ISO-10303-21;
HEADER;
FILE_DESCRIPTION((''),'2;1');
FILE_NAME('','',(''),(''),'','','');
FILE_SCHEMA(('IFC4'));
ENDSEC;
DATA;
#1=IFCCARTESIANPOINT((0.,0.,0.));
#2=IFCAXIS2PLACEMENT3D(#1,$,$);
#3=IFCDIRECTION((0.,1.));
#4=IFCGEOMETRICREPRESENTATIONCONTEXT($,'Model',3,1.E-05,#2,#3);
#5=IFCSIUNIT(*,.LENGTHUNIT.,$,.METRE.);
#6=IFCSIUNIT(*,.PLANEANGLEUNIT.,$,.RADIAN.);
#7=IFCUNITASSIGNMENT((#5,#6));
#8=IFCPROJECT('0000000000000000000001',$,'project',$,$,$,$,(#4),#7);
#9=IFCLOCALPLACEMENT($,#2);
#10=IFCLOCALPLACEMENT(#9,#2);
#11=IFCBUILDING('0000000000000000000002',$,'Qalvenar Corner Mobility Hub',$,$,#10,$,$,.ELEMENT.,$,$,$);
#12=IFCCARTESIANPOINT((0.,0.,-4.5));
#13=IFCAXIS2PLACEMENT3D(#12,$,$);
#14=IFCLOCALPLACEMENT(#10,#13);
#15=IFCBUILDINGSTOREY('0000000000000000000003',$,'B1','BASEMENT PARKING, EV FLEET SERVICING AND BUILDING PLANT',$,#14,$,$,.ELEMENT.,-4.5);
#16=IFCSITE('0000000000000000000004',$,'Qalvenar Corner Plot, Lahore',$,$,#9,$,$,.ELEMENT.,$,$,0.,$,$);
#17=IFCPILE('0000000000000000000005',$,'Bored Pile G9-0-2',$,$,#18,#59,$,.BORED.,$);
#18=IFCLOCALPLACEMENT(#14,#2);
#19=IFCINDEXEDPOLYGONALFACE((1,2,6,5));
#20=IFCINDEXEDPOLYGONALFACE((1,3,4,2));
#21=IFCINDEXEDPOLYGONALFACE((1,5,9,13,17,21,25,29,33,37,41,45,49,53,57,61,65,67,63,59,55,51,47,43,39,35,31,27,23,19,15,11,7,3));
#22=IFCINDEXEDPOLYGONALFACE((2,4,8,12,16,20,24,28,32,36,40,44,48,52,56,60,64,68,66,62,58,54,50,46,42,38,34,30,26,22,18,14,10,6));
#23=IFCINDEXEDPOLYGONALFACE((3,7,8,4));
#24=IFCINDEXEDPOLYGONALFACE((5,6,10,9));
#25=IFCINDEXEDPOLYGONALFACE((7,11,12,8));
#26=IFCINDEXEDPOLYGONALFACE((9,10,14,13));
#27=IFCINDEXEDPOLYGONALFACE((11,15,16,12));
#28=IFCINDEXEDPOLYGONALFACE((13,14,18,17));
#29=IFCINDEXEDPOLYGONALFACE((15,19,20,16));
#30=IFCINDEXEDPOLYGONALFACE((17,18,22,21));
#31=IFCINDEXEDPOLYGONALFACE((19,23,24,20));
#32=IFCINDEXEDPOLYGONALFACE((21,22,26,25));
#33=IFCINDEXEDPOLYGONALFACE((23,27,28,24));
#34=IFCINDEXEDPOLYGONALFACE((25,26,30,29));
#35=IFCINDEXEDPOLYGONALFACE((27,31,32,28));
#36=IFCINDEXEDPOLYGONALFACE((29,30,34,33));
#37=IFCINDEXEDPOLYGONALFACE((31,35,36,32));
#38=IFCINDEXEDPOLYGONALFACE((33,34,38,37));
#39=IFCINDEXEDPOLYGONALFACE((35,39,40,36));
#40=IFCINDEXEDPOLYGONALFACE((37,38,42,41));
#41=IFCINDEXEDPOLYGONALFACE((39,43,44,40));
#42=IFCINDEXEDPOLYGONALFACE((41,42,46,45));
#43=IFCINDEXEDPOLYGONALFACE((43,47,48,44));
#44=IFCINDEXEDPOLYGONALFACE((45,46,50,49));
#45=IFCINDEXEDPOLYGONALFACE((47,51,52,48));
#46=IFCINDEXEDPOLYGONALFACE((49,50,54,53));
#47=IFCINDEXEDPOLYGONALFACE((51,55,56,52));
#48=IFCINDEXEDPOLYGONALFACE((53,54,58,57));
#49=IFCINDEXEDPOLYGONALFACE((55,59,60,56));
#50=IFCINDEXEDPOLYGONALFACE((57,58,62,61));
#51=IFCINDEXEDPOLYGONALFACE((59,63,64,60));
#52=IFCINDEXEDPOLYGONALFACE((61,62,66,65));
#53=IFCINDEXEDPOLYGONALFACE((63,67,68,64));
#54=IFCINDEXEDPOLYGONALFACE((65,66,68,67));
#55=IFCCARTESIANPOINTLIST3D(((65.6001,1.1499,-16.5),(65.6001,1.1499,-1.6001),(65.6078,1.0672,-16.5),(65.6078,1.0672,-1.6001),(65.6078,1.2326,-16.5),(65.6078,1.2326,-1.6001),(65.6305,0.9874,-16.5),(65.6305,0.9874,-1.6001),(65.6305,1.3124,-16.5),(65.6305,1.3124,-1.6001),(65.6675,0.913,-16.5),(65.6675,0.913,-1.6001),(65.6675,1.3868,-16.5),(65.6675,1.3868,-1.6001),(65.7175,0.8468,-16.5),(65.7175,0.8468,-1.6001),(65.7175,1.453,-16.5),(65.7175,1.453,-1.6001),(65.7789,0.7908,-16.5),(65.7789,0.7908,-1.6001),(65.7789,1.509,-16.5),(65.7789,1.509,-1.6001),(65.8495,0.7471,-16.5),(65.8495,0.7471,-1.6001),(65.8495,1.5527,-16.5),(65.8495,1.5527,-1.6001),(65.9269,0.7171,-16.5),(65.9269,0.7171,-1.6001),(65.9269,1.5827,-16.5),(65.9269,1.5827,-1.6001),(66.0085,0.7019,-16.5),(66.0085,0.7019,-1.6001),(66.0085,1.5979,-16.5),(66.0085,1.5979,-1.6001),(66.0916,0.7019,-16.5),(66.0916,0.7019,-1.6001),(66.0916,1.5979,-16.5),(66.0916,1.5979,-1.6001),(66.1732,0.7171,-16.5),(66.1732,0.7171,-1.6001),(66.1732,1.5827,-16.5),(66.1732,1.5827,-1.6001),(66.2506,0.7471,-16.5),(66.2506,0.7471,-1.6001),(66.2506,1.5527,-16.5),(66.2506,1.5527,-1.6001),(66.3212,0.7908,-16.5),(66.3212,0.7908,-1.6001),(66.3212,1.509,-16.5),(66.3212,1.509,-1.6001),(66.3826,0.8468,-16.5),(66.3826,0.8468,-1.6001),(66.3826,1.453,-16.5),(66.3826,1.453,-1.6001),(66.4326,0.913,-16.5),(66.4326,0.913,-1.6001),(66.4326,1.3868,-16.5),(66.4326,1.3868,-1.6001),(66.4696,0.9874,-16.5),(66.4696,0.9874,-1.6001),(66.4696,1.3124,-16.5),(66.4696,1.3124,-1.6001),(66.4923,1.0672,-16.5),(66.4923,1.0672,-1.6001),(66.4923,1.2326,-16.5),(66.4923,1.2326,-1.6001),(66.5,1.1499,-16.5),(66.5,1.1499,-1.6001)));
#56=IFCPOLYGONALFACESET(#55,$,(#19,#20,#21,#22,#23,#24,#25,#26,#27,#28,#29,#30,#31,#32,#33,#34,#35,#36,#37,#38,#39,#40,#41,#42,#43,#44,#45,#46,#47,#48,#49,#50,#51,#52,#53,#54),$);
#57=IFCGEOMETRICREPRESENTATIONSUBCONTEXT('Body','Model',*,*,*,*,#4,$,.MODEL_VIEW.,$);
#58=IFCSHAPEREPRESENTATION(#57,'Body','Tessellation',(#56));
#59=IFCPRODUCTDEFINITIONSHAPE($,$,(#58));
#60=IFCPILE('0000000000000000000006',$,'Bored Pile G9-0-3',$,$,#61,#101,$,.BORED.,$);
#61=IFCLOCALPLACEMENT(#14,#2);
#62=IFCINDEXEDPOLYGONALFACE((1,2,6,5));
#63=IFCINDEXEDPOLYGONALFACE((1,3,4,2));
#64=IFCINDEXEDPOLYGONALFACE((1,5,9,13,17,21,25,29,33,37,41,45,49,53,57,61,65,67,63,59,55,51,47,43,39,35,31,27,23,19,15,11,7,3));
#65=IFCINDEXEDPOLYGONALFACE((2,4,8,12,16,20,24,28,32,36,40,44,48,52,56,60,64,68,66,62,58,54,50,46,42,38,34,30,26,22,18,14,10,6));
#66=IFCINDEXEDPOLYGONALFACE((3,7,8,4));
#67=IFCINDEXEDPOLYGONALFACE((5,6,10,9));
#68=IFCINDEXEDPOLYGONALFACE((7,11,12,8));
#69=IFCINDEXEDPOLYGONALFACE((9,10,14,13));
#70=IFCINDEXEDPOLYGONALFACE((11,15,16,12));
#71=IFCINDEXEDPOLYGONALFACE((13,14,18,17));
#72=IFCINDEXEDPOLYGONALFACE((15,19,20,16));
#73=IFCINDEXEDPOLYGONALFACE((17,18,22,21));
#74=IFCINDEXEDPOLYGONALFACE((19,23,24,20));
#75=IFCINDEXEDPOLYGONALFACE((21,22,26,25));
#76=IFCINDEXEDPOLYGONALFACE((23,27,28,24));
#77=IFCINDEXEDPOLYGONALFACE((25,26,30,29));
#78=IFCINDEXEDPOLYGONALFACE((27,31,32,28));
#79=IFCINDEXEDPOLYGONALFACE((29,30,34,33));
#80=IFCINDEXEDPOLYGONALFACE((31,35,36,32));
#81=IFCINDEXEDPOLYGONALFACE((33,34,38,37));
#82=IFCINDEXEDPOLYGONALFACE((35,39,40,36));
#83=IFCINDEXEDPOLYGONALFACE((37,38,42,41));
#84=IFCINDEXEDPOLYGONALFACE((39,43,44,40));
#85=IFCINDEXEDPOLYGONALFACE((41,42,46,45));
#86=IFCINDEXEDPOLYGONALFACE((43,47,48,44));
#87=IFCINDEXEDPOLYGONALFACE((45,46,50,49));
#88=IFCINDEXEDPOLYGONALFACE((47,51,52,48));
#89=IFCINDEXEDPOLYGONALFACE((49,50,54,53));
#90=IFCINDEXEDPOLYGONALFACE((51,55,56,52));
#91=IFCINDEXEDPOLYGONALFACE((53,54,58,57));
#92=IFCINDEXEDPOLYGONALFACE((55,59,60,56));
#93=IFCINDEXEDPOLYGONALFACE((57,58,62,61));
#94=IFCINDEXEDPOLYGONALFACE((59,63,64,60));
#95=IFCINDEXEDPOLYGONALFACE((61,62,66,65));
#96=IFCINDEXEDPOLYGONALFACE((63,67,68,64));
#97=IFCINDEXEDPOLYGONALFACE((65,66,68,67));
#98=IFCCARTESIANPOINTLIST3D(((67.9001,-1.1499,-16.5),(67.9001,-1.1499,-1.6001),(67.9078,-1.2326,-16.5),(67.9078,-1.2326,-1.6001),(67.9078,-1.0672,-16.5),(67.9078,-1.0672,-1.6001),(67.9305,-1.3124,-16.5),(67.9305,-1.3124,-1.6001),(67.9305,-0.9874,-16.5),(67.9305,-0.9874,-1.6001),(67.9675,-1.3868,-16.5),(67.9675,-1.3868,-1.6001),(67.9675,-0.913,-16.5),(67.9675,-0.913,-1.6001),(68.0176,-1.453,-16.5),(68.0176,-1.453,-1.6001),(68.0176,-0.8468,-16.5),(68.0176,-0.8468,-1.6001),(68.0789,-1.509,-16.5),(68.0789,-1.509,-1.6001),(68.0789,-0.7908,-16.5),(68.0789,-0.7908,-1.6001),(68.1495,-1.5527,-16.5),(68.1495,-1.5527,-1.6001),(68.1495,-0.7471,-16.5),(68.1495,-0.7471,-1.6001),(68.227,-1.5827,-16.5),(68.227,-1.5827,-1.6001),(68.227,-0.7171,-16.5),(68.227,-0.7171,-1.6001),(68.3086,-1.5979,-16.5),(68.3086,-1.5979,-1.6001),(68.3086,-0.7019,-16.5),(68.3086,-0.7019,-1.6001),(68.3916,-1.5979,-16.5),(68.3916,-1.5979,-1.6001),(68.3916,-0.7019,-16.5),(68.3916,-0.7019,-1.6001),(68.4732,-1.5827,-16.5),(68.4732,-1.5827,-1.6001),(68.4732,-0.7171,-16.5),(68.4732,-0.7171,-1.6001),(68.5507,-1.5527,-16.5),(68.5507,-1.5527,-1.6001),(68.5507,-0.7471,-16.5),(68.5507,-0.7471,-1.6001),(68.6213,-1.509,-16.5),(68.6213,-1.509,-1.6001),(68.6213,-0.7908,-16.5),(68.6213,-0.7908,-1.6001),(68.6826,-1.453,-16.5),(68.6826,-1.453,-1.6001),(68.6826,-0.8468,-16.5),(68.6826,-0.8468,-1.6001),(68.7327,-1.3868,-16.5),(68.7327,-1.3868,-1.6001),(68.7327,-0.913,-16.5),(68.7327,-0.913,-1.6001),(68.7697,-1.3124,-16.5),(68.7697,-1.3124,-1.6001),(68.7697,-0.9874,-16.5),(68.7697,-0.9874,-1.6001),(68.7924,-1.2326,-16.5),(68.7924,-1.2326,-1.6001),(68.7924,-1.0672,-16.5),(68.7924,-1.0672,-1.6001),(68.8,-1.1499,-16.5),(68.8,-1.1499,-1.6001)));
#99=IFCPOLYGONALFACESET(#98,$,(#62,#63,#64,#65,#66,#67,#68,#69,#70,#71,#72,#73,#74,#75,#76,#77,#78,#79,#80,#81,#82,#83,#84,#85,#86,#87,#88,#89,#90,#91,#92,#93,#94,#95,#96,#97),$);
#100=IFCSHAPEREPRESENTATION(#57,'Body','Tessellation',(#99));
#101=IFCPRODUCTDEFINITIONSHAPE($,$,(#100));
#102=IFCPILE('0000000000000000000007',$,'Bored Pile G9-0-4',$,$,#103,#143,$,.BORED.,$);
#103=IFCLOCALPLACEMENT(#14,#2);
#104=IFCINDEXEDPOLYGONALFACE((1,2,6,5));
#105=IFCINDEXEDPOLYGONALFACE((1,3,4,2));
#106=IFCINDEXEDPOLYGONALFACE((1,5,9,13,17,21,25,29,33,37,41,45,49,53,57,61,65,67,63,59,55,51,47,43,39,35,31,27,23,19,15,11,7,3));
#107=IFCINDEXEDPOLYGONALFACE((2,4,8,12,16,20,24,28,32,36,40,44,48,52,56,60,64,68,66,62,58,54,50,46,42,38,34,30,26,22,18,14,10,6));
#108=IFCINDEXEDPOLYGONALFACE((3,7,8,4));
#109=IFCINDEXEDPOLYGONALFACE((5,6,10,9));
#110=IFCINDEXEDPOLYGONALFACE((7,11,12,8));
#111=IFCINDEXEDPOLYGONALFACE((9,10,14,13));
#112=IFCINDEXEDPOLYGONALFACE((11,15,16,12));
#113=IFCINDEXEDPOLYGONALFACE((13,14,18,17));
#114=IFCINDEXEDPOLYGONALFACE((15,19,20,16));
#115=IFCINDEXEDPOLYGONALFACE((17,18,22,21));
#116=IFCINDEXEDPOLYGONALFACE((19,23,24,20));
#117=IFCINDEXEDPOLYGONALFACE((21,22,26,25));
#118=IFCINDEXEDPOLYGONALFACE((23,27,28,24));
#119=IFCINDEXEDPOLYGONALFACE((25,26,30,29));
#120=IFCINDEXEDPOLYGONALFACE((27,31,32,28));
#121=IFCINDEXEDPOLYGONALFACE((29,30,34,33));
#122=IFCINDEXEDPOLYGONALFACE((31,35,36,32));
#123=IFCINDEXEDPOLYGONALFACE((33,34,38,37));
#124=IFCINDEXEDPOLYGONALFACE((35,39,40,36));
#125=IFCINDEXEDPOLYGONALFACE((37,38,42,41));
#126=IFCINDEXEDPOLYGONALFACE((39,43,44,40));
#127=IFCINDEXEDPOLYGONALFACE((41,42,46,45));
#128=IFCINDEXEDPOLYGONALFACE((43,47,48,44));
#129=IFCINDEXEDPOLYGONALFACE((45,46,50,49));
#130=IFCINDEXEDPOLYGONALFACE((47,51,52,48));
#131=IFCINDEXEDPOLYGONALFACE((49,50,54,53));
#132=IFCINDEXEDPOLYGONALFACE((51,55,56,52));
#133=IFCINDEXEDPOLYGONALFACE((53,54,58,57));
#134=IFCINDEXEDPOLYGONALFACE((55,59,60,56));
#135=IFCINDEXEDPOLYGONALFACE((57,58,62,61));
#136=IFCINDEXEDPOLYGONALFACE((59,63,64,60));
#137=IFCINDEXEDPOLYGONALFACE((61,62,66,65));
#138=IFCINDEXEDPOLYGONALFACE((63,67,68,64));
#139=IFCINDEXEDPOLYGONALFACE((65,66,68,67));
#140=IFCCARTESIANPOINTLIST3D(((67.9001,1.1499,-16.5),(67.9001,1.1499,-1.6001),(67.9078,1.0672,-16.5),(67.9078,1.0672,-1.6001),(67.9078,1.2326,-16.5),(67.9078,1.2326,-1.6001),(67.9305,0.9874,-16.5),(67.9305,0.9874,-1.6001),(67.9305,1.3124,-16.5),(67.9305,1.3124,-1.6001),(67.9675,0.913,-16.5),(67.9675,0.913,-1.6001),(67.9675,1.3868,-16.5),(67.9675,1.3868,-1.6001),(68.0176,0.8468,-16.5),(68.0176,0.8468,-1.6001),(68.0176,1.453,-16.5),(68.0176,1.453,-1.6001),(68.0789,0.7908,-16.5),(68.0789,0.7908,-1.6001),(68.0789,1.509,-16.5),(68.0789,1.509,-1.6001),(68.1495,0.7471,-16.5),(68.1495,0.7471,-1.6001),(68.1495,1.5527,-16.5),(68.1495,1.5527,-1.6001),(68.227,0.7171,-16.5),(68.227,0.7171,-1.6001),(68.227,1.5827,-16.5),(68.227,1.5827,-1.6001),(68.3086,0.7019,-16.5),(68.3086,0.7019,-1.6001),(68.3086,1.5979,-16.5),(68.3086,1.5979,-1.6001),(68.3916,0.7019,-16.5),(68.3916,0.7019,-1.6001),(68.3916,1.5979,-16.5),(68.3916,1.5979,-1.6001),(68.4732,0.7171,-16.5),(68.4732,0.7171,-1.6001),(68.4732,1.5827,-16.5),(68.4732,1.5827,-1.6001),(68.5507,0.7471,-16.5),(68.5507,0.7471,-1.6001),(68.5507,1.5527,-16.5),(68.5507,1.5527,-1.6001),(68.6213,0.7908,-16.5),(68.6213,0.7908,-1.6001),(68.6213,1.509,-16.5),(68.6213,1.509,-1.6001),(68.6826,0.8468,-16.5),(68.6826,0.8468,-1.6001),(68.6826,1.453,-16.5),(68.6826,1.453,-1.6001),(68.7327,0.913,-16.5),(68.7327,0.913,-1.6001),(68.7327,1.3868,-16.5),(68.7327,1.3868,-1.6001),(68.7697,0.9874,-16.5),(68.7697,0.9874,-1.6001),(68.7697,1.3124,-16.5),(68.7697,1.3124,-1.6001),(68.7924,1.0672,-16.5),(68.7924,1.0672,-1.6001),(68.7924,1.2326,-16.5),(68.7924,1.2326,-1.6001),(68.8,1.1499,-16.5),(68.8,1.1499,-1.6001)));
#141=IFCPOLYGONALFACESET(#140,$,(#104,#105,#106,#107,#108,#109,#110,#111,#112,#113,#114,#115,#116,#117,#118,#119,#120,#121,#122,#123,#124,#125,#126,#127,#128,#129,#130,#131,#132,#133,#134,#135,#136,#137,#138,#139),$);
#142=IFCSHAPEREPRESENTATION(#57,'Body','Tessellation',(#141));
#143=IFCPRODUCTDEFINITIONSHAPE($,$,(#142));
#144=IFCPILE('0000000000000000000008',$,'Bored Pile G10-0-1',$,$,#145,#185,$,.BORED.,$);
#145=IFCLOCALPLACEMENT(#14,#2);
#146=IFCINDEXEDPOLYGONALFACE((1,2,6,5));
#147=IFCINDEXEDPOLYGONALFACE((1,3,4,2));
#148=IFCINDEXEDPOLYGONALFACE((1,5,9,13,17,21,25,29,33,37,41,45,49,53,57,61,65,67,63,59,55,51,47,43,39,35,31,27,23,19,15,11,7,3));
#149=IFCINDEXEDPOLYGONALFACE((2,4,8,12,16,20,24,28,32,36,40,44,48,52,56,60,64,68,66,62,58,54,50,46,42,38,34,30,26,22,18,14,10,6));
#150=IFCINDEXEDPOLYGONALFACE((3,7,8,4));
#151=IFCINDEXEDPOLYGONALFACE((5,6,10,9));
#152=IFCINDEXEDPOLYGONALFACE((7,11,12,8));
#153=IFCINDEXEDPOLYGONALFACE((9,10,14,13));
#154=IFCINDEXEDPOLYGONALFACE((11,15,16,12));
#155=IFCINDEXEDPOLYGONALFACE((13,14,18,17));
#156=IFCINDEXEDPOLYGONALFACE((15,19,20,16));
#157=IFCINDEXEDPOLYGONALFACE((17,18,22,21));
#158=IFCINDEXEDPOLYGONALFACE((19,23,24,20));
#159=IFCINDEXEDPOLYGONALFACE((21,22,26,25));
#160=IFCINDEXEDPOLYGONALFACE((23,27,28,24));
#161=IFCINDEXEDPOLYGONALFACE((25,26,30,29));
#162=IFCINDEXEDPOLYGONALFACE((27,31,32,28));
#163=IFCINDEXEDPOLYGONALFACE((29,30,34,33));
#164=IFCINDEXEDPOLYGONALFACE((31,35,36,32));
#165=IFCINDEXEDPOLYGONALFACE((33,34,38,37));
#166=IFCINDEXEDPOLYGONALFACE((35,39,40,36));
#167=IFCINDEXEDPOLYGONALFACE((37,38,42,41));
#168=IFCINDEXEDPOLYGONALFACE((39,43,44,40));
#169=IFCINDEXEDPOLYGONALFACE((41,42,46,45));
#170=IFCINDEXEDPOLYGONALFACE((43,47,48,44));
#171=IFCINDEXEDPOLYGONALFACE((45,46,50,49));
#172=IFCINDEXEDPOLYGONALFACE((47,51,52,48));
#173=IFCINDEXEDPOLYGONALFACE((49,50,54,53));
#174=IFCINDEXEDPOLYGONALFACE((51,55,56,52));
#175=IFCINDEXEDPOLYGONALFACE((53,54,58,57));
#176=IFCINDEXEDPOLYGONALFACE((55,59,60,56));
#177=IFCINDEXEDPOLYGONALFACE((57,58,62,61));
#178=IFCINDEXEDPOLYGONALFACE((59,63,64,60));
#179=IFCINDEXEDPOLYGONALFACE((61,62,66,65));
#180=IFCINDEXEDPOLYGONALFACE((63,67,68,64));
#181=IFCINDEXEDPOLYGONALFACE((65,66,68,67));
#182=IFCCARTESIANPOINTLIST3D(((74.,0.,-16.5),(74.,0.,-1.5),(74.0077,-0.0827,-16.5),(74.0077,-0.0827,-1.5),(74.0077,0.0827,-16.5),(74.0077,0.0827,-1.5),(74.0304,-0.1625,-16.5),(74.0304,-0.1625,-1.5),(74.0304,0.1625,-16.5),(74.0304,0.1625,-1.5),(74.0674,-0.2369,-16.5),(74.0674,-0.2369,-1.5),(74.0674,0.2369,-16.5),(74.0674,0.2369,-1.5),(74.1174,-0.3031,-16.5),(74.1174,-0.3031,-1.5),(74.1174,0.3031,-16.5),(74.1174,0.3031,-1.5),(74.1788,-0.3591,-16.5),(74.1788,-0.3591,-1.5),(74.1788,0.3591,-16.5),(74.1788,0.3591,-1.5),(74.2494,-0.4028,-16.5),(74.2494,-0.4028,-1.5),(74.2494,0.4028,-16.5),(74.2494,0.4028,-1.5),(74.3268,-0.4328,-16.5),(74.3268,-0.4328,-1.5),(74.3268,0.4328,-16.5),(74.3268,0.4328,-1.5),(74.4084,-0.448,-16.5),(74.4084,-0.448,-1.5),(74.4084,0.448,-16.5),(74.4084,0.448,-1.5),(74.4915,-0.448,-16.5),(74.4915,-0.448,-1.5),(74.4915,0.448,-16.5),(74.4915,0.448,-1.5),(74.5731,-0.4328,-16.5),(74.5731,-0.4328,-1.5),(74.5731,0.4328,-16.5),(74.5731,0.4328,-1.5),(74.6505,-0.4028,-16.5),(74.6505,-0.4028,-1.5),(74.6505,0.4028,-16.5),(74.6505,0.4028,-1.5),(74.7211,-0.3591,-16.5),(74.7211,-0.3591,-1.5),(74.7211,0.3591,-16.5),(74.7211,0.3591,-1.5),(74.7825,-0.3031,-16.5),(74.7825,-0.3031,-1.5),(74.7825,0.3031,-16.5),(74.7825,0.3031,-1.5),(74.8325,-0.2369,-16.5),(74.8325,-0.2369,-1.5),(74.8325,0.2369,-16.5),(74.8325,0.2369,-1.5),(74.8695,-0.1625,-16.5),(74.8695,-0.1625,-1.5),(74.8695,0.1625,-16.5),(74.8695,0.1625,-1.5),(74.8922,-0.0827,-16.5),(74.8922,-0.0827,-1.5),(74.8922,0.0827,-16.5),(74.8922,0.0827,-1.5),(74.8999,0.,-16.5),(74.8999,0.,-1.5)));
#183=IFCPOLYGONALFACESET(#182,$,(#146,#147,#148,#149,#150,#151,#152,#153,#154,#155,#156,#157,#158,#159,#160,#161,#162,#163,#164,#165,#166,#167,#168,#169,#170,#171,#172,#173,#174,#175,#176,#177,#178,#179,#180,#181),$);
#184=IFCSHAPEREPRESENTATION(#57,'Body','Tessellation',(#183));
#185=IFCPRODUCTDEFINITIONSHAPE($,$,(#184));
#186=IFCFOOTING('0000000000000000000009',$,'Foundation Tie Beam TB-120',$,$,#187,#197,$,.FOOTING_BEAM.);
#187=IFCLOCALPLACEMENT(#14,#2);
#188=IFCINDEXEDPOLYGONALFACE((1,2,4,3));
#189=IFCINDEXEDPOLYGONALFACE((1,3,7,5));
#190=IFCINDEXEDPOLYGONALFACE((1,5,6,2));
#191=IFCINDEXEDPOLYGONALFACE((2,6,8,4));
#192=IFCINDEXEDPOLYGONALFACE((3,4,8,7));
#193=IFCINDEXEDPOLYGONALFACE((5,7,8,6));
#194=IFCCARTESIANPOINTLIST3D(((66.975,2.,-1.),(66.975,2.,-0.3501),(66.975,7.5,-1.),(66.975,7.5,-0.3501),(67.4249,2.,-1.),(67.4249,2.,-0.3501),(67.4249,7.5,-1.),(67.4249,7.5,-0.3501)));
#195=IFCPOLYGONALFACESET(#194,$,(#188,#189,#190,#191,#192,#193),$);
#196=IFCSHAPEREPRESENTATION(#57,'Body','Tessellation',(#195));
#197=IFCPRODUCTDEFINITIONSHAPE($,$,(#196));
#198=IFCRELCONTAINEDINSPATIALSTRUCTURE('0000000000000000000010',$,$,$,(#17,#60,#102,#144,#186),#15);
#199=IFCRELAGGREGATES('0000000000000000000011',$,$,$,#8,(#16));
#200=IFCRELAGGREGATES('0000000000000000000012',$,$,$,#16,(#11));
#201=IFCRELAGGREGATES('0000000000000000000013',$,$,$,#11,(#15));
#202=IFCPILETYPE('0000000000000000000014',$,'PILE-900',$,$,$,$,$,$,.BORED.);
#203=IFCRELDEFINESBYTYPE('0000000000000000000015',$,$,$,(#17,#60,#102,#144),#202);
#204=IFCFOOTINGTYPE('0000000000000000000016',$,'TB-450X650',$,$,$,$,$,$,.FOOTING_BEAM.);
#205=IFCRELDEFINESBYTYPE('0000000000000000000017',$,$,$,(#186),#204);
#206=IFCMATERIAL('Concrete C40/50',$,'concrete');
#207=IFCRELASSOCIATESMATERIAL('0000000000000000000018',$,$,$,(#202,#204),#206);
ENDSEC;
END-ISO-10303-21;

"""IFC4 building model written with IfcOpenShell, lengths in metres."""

from ifc_helpers import new_model, si_unit, direction, frame, origin, origin_2d, place, context, subcontext, project, spatial, rectangle, circle, extrude, material, material_profile, profile_set, type_object, element, save


model = new_model("IFC4")

# Units and contexts
model_context = context("Model", 3, precision=1e-05, world=origin(), true_north=direction((0.0, 1.0)))
body_context = subcontext(model_context, "Body", "Model", "MODEL_VIEW")
ifc_project = project(units=[si_unit("LENGTHUNIT", "METRE"), si_unit("PLANEANGLEUNIT", "RADIAN")], contexts=[model_context])

# Site, building, storey
site_placement = place(None, origin())
site = spatial("IfcSite", under=ifc_project, at=site_placement, Name="Qalvenar Corner Plot, Lahore", CompositionType="ELEMENT", RefElevation=0.0)
building_placement = place(site_placement, origin())
building = spatial("IfcBuilding", under=site, at=building_placement, Name="Qalvenar Corner Mobility Hub", CompositionType="ELEMENT")
storey_placement = place(building_placement, frame((0.0, 0.0, -4.5)))
storey = spatial("IfcBuildingStorey", under=building, at=storey_placement, Name="B1", Description="BASEMENT PARKING, EV FLEET SERVICING AND BUILDING PLANT", CompositionType="ELEMENT", Elevation=-4.5)

# Shared definitions
ifc_material_1 = material(Name="Concrete C40/50", Category="concrete")

# Piles
ifc_material_profile_1 = material_profile(ifc_material_1, circle(Radius=0.45, at=origin_2d()), Name="DIA900")
ifc_profile_set_1 = profile_set([ifc_material_profile_1], Name="Concrete C40/50")
pile_type_1 = type_object("IfcPileType", Name="PILE-900", PredefinedType="BORED", material=ifc_profile_set_1)
for number, where, z_axis, x_axis, name in (
    (1, (66.05, 1.1499, -1.6001), (0.0, 0.0, -1.0), (1.0, 0.0, 0.0), "Bored Pile G9-0-2"),
    (2, (68.3501, -1.1499, -1.6001), (0.0, 0.0, -1.0), (1.0, 0.0, 0.0), "Bored Pile G9-0-3"),
    (3, (68.3501, 1.1499, -1.6001), (0.0, 0.0, -1.0), (1.0, 0.0, 0.0), "Bored Pile G9-0-4"),
):
    element("IfcPile", number, at=place(storey_placement, frame(where, z_axis=z_axis, x_axis=x_axis)), inside=storey, type_object=pile_type_1, Name=name, PredefinedType="BORED", context=body_context, shape_type="SweptSolid", body=[
        extrude(circle(Radius=0.45, at=origin_2d()), origin(), (0.0, 0.0, 1.0), 14.8999),
    ])
pile_1_placement = place(storey_placement, frame((74.45, 0.0, -1.5), z_axis=(0.0, 0.0, -1.0), x_axis=(1.0, 0.0, 0.0)))
element("IfcPile", 4, at=pile_1_placement, inside=storey, type_object=pile_type_1, Name="Bored Pile G10-0-1", PredefinedType="BORED", context=body_context, shape_type="SweptSolid", body=[
    extrude(circle(Radius=0.45, at=origin_2d()), origin(), (0.0, 0.0, 1.0), 15.0),
])

# Footing
ifc_material_profile_2 = material_profile(ifc_material_1, rectangle(XDim=0.45, YDim=0.6499, at=origin_2d()), Name="RC450x650")
ifc_profile_set_2 = profile_set([ifc_material_profile_2], Name="Concrete C40/50")
footing_type_1 = type_object("IfcFootingType", Name="TB-450X650", PredefinedType="FOOTING_BEAM", material=ifc_profile_set_2)
footing_1_placement = place(storey_placement, frame((67.2, 2.0, -0.675), z_axis=(0.0, 1.0, 0.0), x_axis=(-1.0, 0.0, 0.0)))
element("IfcFooting", 5, at=footing_1_placement, inside=storey, type_object=footing_type_1, Name="Foundation Tie Beam TB-120", PredefinedType="FOOTING_BEAM", context=body_context, shape_type="SweptSolid", body=[
    extrude(rectangle(XDim=0.45, YDim=0.6499, at=origin_2d()), origin(), (0.0, 0.0, 1.0), 5.5),
])

save(model, "model.ifc")
